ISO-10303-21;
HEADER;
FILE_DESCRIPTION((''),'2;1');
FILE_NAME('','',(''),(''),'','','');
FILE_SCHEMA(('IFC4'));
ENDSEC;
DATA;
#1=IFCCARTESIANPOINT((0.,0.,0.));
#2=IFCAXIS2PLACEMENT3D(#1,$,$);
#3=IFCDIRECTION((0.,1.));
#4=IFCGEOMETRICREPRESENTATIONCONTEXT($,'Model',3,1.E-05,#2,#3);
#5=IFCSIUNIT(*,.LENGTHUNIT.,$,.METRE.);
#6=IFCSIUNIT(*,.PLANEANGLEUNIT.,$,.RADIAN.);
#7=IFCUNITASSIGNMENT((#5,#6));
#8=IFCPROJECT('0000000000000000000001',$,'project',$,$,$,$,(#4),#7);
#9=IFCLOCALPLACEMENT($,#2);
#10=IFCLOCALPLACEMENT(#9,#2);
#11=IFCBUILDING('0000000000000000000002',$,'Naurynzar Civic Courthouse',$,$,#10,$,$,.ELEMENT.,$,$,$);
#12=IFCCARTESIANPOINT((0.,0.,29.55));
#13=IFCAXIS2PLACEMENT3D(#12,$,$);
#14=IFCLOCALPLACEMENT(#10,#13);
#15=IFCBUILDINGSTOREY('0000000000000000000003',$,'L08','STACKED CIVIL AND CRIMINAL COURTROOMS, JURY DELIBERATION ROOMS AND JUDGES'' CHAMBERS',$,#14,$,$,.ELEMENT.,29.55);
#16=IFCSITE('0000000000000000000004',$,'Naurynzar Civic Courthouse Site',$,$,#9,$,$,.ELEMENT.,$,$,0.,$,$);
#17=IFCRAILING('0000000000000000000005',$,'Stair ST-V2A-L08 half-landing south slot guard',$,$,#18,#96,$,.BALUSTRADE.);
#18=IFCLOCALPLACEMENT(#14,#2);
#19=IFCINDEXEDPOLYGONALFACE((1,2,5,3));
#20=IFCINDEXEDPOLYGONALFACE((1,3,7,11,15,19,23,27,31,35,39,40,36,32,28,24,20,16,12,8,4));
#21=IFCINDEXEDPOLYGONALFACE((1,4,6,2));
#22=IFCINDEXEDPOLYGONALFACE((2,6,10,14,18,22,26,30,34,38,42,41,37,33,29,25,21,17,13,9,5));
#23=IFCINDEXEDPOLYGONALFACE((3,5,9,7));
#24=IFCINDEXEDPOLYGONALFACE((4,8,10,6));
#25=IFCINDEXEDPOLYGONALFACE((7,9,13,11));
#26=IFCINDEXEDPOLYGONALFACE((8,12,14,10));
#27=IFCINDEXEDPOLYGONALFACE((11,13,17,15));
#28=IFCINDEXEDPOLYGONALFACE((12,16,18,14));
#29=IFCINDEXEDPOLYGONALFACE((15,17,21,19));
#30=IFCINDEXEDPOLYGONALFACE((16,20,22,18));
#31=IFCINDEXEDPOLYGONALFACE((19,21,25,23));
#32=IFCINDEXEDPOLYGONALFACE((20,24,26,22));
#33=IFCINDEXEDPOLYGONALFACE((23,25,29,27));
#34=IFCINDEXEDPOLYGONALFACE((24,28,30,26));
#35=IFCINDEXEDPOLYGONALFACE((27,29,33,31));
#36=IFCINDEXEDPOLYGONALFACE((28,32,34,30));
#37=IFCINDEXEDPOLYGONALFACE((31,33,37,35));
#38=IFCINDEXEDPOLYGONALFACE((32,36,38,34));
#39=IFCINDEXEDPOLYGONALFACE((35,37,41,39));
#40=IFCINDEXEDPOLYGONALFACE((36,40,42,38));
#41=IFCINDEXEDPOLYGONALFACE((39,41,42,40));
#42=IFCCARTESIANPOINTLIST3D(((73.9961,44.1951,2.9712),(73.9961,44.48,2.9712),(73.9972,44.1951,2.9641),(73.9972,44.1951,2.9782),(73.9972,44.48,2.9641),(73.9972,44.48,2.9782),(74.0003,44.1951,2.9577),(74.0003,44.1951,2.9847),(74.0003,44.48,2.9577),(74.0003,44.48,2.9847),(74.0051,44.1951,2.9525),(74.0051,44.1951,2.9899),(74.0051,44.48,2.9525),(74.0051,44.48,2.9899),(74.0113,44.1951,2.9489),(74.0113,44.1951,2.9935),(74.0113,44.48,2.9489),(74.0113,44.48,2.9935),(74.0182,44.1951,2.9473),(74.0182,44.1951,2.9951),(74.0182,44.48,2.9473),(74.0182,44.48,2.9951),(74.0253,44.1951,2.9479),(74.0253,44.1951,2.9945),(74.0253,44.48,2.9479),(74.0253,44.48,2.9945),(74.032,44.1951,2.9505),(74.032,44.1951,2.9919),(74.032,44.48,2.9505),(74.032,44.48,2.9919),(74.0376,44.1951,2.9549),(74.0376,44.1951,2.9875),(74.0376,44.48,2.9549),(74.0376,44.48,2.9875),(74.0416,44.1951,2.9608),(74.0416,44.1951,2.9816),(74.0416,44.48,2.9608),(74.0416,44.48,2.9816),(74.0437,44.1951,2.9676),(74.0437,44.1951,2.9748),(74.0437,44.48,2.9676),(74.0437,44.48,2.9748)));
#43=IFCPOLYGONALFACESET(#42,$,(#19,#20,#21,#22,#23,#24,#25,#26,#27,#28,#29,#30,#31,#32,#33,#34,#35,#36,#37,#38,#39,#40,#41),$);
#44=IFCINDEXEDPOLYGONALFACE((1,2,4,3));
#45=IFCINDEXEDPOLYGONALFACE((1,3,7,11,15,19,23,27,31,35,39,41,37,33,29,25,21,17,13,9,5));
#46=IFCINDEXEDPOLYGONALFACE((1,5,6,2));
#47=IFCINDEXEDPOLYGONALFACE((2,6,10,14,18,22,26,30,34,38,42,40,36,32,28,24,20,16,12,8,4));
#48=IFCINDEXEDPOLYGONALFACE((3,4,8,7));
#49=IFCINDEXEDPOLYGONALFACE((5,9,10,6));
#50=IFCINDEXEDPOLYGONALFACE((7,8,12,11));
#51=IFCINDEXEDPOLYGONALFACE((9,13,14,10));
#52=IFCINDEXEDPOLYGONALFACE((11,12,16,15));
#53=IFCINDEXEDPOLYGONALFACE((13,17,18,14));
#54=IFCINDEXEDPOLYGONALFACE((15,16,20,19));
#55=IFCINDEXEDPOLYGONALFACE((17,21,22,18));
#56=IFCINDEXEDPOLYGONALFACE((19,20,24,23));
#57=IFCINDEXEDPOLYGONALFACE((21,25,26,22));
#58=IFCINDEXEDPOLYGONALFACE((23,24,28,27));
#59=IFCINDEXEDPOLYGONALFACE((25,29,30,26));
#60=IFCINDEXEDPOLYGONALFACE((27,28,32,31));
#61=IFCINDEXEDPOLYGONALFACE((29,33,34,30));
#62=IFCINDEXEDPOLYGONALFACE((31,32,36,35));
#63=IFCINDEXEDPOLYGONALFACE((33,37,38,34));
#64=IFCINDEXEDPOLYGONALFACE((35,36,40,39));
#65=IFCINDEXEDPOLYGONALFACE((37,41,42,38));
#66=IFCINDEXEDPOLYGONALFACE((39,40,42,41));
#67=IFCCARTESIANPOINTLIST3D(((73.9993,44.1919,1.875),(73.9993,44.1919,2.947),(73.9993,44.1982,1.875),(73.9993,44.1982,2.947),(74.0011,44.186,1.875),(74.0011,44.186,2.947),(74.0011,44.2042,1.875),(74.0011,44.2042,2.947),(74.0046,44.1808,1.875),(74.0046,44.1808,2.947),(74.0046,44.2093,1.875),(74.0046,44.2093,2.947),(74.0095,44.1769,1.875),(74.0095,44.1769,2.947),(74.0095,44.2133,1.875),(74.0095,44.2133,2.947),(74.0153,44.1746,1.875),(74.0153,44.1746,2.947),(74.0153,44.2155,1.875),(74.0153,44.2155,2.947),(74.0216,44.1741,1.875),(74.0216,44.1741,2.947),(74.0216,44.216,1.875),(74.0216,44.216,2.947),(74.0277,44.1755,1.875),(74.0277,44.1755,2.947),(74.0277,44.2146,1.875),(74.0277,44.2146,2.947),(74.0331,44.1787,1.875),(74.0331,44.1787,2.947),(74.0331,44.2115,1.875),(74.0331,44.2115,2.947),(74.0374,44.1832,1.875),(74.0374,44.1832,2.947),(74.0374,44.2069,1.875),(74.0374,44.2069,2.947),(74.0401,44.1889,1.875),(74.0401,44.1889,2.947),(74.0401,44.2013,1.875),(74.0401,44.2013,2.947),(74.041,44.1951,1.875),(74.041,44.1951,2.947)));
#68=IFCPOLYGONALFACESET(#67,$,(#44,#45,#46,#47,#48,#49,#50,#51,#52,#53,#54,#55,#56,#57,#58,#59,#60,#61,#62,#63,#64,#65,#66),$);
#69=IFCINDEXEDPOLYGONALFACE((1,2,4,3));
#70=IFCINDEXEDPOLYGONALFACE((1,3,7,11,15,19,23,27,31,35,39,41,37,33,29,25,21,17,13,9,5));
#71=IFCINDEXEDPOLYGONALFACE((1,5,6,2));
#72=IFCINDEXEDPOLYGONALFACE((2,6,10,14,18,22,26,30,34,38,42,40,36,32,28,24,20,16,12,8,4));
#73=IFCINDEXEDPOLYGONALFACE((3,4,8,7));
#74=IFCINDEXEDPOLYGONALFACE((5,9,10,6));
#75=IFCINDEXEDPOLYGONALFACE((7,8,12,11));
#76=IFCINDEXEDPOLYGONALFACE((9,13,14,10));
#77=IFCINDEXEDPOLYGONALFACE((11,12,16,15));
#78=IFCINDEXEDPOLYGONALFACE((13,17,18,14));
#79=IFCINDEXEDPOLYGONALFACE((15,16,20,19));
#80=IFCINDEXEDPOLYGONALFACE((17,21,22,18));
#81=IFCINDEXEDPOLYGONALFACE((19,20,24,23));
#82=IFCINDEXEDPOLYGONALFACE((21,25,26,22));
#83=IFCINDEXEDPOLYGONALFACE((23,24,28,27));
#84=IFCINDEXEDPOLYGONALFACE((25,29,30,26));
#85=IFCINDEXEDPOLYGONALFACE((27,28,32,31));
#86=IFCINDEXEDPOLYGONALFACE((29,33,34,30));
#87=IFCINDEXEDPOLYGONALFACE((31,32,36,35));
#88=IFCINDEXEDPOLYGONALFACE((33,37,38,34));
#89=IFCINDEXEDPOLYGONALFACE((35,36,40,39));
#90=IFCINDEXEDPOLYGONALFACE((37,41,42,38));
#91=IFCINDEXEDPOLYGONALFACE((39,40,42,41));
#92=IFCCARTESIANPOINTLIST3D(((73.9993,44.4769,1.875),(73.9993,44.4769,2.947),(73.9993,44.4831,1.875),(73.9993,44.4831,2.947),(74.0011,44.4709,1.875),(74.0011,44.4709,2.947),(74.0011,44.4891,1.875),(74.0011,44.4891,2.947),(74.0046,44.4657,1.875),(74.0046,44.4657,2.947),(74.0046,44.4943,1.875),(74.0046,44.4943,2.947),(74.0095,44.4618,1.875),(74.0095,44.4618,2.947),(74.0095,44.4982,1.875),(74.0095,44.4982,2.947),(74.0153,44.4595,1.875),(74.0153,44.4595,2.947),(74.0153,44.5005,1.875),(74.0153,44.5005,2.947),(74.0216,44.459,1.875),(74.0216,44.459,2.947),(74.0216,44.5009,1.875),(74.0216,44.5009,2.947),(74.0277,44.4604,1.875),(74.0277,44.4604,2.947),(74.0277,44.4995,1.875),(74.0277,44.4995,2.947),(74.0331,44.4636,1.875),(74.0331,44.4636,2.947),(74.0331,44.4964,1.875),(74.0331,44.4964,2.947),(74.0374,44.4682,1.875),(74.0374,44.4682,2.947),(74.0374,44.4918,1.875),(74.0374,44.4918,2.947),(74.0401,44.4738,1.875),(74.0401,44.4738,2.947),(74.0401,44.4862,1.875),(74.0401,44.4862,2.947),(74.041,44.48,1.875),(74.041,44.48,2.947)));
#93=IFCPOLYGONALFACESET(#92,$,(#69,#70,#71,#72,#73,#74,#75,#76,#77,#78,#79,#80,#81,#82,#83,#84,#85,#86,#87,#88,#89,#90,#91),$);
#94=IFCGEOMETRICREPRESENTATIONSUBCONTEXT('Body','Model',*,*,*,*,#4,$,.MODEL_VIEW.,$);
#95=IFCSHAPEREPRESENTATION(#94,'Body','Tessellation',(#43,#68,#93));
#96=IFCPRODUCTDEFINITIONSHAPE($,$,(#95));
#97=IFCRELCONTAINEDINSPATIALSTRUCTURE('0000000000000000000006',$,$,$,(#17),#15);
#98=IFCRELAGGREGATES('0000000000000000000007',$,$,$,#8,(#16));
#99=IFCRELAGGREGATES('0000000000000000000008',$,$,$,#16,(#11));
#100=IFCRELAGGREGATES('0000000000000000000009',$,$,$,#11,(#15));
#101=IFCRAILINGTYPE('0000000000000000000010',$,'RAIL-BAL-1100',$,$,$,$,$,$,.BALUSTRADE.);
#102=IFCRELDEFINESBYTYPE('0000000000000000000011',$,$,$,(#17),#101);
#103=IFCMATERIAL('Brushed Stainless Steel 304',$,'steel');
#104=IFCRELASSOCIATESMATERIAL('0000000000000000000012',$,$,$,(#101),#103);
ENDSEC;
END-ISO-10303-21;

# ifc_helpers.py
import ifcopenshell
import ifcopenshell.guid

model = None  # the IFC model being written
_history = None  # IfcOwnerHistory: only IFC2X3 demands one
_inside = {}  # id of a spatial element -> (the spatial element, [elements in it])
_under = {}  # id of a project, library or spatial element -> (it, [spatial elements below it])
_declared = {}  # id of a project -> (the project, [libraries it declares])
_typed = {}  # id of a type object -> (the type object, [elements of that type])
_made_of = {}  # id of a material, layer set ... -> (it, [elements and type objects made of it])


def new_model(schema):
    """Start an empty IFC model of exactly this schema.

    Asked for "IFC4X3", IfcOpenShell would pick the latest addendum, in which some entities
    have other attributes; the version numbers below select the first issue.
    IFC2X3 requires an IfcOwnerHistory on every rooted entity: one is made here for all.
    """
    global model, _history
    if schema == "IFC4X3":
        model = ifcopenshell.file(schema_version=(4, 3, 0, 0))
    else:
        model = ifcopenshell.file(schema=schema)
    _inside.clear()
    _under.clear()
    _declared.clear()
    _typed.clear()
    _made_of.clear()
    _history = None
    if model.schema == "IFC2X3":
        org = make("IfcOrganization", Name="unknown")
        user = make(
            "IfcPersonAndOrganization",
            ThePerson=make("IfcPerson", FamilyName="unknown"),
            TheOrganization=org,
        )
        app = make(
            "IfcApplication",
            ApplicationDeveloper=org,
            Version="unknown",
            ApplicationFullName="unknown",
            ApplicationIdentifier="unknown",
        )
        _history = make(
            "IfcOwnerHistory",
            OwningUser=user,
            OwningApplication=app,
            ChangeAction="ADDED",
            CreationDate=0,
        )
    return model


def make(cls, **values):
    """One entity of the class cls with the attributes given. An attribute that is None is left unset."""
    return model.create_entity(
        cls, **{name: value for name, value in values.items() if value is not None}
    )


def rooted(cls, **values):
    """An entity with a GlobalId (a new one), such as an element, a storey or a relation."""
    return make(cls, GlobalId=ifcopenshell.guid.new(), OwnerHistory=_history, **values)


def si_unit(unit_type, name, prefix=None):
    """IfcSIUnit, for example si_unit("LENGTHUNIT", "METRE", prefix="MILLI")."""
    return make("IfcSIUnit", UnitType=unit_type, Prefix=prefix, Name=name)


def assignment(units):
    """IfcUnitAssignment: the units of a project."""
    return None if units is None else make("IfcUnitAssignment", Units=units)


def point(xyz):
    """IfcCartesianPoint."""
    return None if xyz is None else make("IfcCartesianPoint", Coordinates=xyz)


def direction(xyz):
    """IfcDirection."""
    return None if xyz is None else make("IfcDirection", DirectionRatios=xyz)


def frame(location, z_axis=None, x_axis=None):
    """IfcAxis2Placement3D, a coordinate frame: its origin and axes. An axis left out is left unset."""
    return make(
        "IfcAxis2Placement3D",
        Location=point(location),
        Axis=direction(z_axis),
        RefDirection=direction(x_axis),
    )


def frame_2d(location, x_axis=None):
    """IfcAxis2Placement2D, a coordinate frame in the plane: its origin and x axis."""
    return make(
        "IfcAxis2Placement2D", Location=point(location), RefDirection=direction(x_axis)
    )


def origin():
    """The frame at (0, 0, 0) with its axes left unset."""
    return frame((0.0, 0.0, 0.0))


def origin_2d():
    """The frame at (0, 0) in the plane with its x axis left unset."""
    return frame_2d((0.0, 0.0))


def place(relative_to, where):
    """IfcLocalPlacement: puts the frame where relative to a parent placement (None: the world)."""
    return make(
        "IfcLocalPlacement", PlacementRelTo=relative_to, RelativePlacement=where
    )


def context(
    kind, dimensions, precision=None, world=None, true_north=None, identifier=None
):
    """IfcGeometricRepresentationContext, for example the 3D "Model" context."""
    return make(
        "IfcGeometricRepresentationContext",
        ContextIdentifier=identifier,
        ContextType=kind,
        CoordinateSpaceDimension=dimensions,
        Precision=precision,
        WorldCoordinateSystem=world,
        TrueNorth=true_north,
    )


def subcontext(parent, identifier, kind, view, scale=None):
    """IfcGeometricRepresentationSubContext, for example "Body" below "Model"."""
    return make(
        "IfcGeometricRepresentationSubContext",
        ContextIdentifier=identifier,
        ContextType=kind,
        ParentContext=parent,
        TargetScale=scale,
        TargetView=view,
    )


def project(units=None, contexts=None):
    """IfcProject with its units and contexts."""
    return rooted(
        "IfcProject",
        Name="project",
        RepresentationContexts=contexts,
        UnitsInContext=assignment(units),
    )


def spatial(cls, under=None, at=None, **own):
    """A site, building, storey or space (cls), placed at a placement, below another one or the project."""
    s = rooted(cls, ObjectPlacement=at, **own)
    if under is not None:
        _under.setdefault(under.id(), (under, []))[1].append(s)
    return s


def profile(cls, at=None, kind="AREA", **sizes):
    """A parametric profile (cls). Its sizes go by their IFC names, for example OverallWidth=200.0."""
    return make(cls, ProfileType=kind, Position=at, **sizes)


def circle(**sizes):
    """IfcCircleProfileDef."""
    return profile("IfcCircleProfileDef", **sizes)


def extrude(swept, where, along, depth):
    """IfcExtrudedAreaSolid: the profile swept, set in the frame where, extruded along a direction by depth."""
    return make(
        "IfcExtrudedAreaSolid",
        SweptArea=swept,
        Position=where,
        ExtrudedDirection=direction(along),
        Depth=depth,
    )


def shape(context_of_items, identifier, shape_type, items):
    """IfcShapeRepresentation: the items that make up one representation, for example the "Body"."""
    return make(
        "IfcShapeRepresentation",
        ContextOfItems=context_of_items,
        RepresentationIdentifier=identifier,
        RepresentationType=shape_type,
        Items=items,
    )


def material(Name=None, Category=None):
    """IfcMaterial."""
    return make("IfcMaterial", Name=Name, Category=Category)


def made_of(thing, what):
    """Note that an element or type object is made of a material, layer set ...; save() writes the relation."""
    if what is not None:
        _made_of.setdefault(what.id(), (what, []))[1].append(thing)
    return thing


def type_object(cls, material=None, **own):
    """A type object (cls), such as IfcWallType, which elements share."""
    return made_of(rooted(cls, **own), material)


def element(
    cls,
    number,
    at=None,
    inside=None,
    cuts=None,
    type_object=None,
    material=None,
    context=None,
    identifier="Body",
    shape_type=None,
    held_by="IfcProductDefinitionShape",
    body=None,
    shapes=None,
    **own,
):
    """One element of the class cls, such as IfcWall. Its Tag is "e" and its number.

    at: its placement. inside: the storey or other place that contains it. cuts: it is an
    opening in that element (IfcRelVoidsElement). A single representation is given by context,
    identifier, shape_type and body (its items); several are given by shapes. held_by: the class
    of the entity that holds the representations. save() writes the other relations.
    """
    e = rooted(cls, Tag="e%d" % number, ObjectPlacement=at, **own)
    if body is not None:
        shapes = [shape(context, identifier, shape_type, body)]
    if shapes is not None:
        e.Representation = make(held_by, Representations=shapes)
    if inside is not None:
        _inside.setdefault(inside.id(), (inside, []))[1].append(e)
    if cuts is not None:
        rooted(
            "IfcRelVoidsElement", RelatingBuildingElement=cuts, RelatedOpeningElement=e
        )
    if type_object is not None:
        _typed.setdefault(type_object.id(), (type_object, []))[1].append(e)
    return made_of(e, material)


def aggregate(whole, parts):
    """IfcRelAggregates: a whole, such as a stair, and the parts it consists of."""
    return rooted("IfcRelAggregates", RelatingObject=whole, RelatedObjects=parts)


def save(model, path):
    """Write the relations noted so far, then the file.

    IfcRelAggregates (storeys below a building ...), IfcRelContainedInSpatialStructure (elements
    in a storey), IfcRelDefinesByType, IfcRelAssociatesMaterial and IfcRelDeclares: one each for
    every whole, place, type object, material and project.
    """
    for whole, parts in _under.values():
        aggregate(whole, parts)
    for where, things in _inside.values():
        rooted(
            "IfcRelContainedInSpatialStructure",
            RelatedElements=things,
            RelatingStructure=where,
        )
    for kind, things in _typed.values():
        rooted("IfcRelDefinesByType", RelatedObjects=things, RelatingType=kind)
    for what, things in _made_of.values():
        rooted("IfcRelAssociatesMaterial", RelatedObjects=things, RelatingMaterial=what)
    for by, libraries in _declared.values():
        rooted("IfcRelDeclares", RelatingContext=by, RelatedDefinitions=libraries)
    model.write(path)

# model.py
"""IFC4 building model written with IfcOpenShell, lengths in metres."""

from ifc_helpers import new_model, si_unit, direction, frame, origin, origin_2d, place, context, subcontext, project, spatial, circle, extrude, material, type_object, element, save


model = new_model("IFC4")

# Units and contexts
model_context = context("Model", 3, precision=1e-05, world=origin(), true_north=direction((0.0, 1.0)))
body_context = subcontext(model_context, "Body", "Model", "MODEL_VIEW")
ifc_project = project(units=[si_unit("LENGTHUNIT", "METRE"), si_unit("PLANEANGLEUNIT", "RADIAN")], contexts=[model_context])

# Site, building, storey
site_placement = place(None, origin())
site = spatial("IfcSite", under=ifc_project, at=site_placement, Name="Naurynzar Civic Courthouse Site", CompositionType="ELEMENT", RefElevation=0.0)
building_placement = place(site_placement, origin())
building = spatial("IfcBuilding", under=site, at=building_placement, Name="Naurynzar Civic Courthouse", CompositionType="ELEMENT")
storey_placement = place(building_placement, frame((0.0, 0.0, 29.55)))
storey = spatial("IfcBuildingStorey", under=building, at=storey_placement, Name="L08", Description="STACKED CIVIL AND CRIMINAL COURTROOMS, JURY DELIBERATION ROOMS AND JUDGES' CHAMBERS", CompositionType="ELEMENT", Elevation=29.55)

# Railing
ifc_material_1 = material(Name="Brushed Stainless Steel 304", Category="steel")
railing_type_1 = type_object("IfcRailingType", Name="RAIL-BAL-1100", PredefinedType="BALUSTRADE", material=ifc_material_1)
railing_1_placement = place(storey_placement, frame((74.02, 44.1951, 1.875)))
element("IfcRailing", 1, at=railing_1_placement, inside=storey, type_object=railing_type_1, Name="Stair ST-V2A-L08 half-landing south slot guard", PredefinedType="BALUSTRADE", context=body_context, shape_type="SweptSolid", body=[
    extrude(circle(Radius=0.0239, at=origin_2d()), frame((0.0, 0.0, 1.0962), z_axis=(0.0, 1.0, 0.0), x_axis=(-1.0, 0.0, 0.0)), (0.0, 0.0, 1.0), 0.2849),
    extrude(circle(Radius=0.021, at=origin_2d()), origin(), (0.0, 0.0, 1.0), 1.072),
    extrude(circle(Radius=0.021, at=origin_2d()), frame((0.0, 0.2849, 0.0)), (0.0, 0.0, 1.0), 1.072),
])

save(model, "model.ifc")
